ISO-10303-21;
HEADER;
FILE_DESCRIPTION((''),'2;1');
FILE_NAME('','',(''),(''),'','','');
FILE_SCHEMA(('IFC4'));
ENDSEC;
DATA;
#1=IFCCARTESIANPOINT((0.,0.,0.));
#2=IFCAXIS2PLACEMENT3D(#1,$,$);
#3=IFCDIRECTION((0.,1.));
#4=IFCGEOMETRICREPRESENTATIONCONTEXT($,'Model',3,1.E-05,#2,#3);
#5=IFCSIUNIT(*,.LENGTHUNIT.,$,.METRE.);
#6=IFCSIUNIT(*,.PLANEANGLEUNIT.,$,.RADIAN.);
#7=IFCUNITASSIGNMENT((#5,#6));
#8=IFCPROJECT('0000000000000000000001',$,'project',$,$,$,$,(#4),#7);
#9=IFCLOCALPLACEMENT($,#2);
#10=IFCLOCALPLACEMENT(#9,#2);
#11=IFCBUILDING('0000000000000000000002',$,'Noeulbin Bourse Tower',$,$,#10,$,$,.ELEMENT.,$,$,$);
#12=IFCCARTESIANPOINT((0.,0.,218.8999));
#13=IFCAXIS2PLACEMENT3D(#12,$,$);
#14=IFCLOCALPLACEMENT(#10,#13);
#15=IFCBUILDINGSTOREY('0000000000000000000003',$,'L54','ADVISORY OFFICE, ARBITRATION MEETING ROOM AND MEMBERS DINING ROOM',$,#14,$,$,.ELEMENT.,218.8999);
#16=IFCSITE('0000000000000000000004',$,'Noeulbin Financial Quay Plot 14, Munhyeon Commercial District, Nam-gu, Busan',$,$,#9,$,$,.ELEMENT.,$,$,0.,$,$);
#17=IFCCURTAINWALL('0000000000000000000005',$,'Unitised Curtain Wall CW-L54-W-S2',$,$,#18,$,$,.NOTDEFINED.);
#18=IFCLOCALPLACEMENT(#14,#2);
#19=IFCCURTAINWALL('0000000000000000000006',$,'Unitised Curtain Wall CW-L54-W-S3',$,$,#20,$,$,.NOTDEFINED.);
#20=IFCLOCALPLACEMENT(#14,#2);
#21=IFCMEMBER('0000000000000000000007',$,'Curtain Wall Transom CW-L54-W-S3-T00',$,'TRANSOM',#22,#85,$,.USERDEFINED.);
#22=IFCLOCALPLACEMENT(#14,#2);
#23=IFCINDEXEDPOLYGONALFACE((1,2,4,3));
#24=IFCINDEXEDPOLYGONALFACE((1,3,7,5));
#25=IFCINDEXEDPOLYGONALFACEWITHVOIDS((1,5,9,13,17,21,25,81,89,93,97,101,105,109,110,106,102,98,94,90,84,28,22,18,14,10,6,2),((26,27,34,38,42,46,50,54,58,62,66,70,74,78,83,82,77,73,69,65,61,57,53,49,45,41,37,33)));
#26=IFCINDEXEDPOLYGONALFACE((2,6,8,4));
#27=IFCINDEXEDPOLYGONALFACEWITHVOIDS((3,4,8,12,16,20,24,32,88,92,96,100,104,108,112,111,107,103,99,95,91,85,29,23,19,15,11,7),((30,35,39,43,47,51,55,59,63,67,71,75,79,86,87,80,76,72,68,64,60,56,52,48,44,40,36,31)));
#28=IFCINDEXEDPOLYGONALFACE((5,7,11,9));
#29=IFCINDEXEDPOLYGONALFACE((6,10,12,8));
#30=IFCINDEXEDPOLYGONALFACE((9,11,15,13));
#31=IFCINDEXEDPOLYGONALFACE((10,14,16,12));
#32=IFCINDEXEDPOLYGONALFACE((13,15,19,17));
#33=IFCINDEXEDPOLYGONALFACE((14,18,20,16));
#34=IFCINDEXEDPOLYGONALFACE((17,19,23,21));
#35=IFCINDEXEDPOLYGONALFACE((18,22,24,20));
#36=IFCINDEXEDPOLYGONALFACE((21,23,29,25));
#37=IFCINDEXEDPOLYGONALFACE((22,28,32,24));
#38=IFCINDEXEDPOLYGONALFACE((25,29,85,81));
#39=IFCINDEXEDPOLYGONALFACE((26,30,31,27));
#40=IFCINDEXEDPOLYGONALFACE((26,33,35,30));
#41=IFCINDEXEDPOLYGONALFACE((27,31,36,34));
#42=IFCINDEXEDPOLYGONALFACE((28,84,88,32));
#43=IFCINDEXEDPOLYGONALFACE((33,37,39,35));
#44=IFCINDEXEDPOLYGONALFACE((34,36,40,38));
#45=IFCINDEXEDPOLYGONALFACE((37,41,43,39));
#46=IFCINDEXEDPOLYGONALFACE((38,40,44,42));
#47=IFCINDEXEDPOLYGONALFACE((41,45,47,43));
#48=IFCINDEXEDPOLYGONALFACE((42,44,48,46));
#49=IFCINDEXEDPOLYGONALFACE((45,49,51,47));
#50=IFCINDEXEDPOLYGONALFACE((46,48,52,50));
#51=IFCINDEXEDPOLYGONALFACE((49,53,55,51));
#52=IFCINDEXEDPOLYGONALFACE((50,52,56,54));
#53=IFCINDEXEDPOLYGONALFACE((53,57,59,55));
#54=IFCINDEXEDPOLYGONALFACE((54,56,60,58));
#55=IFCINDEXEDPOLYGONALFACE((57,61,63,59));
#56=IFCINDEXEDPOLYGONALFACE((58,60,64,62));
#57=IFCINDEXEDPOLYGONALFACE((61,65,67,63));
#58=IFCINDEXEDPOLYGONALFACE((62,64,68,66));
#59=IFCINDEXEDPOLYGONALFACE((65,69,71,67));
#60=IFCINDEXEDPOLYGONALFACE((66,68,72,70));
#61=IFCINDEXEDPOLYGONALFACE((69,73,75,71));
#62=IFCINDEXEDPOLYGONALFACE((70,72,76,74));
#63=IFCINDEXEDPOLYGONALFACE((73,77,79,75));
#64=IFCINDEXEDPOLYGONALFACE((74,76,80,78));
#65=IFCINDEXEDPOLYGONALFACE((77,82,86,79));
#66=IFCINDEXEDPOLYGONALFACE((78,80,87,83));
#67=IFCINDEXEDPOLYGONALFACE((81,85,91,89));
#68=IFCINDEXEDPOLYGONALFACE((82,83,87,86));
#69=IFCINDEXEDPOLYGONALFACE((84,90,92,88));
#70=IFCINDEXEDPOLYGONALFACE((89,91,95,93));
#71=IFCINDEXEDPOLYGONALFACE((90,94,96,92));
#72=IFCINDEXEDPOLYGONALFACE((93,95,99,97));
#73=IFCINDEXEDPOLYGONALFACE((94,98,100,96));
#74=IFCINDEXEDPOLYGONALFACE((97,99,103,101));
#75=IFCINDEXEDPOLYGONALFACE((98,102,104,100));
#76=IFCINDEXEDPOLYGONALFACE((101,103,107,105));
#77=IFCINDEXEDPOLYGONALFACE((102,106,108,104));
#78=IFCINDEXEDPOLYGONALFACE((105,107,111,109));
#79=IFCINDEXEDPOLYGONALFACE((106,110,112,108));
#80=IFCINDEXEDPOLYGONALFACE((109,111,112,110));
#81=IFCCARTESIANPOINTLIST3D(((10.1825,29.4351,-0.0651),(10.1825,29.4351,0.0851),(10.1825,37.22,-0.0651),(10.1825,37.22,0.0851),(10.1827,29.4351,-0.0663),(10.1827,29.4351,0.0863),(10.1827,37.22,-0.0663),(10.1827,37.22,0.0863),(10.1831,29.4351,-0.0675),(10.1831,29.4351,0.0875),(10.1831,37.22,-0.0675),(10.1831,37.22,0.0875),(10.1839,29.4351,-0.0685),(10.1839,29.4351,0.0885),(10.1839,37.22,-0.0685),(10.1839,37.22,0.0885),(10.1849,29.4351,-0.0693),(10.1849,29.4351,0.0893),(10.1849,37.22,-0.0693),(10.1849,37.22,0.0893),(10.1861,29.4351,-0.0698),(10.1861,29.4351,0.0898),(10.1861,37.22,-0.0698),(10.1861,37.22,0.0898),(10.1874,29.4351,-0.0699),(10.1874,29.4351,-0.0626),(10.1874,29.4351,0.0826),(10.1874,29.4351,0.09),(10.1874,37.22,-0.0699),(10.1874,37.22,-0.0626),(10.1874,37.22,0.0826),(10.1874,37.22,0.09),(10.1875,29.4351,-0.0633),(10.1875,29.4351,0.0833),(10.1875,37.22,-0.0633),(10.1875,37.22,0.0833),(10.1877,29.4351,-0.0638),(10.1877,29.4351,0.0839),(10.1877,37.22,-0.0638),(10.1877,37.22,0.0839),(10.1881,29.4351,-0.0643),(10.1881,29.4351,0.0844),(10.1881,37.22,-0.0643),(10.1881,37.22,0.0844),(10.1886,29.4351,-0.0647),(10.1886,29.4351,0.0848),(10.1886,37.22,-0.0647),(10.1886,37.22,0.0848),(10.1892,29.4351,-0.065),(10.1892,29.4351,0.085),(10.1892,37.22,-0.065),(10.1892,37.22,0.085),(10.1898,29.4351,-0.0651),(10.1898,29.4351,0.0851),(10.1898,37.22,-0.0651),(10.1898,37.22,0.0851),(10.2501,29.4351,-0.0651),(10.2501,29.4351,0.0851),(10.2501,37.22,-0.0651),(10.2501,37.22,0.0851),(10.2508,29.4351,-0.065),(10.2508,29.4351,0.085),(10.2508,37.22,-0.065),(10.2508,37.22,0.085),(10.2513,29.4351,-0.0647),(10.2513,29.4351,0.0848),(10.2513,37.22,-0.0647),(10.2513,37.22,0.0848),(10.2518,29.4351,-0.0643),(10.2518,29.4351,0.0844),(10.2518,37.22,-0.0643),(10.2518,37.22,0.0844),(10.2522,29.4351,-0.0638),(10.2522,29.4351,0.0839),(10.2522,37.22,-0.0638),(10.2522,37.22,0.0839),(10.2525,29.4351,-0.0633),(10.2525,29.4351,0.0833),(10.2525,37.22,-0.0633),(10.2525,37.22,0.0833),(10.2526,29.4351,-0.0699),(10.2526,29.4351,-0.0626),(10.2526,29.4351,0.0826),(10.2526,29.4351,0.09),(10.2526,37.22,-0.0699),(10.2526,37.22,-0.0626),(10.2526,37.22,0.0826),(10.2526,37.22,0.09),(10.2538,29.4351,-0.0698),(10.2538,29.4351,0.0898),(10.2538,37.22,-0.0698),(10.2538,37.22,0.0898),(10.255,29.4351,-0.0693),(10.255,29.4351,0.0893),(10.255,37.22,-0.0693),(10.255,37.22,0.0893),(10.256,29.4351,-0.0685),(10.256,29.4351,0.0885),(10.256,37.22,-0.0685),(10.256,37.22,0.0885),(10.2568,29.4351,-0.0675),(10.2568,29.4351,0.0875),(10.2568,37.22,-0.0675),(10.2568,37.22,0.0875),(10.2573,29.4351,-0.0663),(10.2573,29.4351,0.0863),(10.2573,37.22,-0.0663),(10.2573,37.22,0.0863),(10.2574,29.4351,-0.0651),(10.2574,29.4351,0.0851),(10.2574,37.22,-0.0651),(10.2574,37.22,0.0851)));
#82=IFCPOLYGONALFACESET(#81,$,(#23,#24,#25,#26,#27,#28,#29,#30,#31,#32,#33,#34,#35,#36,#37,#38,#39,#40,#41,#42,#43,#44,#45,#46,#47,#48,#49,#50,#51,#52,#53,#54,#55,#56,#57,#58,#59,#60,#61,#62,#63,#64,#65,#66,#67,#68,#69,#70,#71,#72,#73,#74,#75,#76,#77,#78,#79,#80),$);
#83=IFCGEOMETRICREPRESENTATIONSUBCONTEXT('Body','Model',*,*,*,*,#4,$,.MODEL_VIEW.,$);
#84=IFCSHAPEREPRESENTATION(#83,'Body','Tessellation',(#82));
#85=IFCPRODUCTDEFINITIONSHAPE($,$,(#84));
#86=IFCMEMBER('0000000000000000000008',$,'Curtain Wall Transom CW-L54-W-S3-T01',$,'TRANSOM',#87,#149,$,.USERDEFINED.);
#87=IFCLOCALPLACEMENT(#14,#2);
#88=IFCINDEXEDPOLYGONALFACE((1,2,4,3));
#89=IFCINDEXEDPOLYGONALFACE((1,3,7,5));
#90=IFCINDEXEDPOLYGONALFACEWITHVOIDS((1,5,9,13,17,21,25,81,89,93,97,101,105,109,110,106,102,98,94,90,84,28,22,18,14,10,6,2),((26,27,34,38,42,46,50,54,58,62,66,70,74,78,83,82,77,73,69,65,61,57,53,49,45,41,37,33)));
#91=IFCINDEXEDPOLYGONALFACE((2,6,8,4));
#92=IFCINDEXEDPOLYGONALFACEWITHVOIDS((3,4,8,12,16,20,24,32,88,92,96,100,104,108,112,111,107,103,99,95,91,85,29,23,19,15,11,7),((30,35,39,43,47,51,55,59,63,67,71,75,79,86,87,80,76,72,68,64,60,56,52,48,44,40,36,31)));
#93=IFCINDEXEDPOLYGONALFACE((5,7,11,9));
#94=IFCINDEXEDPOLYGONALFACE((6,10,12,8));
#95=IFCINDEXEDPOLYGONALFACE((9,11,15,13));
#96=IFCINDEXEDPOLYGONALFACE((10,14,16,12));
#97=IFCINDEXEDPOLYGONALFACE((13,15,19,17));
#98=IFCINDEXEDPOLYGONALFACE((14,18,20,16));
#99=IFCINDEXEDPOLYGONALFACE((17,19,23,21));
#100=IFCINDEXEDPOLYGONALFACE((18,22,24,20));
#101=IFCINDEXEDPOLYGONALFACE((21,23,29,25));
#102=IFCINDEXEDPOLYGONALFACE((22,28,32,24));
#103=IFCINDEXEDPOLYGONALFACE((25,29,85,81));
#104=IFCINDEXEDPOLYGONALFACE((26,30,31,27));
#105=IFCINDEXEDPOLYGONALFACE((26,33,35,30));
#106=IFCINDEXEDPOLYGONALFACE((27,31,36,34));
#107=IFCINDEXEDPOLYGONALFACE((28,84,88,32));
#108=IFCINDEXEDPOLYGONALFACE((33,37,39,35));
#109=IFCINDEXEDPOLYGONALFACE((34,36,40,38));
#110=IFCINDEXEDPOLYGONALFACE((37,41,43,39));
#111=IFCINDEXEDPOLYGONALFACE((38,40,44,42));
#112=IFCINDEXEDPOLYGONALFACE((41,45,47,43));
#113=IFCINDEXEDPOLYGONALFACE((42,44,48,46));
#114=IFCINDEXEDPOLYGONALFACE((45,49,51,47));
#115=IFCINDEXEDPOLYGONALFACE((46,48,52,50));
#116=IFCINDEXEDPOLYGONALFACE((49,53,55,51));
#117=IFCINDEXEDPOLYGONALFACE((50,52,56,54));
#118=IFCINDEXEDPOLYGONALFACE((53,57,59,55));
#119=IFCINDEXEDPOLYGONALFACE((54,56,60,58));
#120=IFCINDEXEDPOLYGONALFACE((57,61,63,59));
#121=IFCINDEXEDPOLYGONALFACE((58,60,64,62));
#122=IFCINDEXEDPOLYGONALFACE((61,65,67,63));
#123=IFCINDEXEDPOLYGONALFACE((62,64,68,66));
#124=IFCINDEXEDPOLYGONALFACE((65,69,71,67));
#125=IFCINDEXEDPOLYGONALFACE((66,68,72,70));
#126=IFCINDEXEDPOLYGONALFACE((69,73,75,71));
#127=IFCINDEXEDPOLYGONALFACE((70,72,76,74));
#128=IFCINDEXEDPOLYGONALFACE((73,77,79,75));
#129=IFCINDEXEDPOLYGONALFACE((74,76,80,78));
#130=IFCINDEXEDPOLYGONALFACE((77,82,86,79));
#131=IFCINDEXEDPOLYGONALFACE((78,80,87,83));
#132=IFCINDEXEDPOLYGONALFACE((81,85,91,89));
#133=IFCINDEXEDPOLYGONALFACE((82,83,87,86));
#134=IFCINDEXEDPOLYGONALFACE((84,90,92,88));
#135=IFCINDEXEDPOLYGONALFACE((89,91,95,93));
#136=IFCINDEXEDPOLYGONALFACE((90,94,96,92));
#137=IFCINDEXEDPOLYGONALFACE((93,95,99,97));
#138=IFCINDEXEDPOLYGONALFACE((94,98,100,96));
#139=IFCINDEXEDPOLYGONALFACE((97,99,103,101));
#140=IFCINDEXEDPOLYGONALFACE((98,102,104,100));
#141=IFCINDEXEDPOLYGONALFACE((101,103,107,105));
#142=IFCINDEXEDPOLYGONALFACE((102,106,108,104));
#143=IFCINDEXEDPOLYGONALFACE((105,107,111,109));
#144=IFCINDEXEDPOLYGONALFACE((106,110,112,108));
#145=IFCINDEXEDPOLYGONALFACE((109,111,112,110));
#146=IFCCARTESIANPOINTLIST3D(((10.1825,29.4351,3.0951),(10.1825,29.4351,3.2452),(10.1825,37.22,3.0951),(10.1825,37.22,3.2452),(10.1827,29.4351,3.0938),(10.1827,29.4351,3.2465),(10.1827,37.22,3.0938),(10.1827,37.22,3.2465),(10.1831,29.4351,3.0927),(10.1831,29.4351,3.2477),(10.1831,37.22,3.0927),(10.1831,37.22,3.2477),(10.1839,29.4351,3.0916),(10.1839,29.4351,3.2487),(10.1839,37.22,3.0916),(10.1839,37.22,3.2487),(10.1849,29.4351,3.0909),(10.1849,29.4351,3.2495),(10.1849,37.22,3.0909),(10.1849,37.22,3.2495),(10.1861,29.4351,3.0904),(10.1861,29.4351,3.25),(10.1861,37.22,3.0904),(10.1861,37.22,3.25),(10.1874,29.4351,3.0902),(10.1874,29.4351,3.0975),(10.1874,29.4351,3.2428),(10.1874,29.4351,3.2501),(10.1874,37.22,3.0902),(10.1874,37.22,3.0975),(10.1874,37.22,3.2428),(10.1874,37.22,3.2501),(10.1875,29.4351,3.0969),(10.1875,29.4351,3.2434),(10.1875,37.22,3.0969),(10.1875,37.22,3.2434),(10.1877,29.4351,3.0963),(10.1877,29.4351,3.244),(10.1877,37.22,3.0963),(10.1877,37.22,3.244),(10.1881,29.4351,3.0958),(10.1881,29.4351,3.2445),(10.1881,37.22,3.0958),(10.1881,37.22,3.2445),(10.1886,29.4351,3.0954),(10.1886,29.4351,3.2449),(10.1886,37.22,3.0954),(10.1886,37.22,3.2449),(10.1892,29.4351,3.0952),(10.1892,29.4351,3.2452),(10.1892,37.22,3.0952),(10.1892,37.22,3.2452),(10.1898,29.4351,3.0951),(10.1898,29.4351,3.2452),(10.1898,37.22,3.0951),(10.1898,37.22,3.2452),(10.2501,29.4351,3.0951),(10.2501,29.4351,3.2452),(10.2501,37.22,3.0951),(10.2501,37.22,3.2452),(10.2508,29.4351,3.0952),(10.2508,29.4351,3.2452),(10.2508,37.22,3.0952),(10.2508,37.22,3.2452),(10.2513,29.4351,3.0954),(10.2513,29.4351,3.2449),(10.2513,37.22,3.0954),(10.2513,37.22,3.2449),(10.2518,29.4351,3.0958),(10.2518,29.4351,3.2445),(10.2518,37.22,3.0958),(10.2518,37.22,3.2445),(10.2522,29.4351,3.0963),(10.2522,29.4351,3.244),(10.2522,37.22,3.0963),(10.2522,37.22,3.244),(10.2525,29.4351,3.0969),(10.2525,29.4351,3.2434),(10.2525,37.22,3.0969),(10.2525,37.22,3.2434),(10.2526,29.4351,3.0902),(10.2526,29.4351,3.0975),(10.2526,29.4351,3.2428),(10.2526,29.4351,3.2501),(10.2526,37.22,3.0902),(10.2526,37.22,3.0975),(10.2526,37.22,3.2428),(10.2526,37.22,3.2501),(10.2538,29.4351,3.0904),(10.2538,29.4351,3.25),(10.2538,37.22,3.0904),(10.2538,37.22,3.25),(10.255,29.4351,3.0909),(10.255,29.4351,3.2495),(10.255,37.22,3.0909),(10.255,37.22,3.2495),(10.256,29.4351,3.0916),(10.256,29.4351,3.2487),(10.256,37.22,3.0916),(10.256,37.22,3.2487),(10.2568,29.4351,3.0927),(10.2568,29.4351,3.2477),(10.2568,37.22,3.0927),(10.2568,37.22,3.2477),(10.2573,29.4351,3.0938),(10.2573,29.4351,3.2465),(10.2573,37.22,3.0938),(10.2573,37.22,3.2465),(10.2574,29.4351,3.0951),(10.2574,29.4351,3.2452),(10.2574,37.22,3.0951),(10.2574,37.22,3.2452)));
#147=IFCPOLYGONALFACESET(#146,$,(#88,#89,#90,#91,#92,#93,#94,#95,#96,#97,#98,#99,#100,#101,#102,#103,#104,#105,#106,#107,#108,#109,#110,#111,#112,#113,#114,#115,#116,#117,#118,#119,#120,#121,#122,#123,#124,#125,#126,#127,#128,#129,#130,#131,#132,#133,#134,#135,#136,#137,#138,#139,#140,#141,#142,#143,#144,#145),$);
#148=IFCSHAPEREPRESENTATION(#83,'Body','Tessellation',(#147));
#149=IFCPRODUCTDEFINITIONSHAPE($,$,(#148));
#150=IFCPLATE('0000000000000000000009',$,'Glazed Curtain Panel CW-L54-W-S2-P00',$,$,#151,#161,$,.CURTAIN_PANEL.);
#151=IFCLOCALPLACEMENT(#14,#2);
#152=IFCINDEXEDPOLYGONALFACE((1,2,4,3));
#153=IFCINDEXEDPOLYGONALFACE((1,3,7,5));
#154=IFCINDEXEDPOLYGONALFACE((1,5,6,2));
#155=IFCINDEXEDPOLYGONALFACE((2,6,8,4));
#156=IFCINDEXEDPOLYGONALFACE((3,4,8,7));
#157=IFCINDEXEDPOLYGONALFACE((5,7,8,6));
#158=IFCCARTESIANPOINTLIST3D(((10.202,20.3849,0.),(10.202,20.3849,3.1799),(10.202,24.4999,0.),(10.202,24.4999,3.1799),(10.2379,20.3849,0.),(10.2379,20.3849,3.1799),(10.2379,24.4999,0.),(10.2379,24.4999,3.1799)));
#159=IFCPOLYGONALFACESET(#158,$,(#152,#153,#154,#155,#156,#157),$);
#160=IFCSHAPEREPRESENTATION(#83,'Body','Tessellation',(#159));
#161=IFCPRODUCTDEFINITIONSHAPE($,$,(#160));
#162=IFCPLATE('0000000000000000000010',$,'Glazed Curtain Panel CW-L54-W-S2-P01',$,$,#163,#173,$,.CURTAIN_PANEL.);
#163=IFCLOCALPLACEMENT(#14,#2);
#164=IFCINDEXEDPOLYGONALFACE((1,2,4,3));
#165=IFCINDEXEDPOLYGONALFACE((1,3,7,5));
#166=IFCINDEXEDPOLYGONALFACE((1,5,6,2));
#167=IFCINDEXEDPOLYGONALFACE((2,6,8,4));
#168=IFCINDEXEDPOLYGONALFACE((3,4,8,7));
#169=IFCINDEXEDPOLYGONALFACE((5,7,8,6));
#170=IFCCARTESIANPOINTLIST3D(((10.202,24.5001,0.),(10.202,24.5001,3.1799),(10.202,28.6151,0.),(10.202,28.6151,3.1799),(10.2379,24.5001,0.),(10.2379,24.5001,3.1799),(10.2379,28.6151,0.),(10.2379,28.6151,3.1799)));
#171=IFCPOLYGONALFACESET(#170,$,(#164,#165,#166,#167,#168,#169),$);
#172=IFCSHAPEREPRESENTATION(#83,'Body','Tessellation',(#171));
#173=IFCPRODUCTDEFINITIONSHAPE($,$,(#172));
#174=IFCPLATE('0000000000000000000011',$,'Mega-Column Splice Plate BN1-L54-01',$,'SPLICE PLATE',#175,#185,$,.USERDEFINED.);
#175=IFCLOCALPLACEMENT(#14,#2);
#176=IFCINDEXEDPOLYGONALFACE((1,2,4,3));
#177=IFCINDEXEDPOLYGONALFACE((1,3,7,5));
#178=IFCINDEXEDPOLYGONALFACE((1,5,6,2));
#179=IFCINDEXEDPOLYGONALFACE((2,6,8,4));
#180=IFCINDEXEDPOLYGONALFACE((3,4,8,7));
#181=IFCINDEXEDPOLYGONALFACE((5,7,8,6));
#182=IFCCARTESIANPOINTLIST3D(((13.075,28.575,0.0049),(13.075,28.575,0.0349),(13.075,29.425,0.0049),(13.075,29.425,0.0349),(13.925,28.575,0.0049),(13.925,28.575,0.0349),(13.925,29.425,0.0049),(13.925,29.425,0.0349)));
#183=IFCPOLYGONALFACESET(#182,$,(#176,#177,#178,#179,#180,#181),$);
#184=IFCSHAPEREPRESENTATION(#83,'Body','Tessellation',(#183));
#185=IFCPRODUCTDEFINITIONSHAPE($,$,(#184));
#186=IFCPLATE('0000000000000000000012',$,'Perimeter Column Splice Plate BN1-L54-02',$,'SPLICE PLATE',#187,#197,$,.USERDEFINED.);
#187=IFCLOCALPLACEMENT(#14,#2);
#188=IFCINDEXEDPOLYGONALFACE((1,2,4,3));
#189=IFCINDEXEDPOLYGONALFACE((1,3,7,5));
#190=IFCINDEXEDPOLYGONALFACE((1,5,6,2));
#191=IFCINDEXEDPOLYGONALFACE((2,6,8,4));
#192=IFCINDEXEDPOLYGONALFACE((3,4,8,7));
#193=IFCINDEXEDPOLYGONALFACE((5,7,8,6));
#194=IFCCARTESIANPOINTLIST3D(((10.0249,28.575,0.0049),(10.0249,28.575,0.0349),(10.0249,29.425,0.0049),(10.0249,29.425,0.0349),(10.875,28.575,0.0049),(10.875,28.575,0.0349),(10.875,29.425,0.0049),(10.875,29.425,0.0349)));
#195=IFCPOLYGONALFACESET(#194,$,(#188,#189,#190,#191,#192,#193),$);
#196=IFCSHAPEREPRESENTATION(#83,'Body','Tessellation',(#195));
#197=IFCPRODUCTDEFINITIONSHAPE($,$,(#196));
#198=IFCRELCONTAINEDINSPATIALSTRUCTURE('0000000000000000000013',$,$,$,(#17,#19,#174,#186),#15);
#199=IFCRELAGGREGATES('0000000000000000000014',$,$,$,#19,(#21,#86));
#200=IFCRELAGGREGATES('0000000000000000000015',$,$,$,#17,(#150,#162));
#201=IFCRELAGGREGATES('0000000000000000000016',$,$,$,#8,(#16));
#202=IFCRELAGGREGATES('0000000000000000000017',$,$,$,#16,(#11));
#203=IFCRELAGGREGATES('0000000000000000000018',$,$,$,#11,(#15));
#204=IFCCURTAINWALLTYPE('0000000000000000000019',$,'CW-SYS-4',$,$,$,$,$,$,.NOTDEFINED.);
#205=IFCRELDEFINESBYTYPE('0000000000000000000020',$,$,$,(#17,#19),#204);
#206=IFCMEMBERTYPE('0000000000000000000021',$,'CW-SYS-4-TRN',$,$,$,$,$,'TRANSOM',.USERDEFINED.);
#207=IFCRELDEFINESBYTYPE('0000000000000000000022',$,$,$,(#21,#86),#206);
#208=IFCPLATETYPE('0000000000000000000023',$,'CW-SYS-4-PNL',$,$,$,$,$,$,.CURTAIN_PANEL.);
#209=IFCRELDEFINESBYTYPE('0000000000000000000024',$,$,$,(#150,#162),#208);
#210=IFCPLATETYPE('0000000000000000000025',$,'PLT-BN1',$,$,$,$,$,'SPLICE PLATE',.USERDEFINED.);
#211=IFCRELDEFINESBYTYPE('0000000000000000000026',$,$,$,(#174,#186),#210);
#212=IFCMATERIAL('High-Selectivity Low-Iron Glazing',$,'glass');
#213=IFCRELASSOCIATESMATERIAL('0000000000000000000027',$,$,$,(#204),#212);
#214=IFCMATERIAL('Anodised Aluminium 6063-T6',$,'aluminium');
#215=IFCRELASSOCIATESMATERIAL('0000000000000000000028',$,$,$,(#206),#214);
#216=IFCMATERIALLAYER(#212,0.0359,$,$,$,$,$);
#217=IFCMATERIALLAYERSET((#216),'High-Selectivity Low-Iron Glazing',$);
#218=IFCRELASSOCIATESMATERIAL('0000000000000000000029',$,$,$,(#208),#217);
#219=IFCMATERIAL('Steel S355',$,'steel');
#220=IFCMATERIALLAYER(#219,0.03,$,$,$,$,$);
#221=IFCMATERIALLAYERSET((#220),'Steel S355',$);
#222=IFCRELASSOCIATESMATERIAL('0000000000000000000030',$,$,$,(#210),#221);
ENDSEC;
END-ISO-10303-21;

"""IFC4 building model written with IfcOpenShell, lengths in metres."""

from ifc_helpers import new_model, si_unit, direction, frame, origin, origin_2d, place, context, subcontext, project, spatial, rectangle, hollow_rectangle, extrude, material, layer, layer_set, material_profile, profile_set, type_object, element, aggregate, save


model = new_model("IFC4")

# Units and contexts
model_context = context("Model", 3, precision=1e-05, world=origin(), true_north=direction((0.0, 1.0)))
body_context = subcontext(model_context, "Body", "Model", "MODEL_VIEW")
ifc_project = project(units=[si_unit("LENGTHUNIT", "METRE"), si_unit("PLANEANGLEUNIT", "RADIAN")], contexts=[model_context])

# Site, building, storey
site_placement = place(None, origin())
site = spatial("IfcSite", under=ifc_project, at=site_placement, Name="Noeulbin Financial Quay Plot 14, Munhyeon Commercial District, Nam-gu, Busan", CompositionType="ELEMENT", RefElevation=0.0)
building_placement = place(site_placement, origin())
building = spatial("IfcBuilding", under=site, at=building_placement, Name="Noeulbin Bourse Tower", CompositionType="ELEMENT")
storey_placement = place(building_placement, frame((0.0, 0.0, 218.8999)))
storey = spatial("IfcBuildingStorey", under=building, at=storey_placement, Name="L54", Description="ADVISORY OFFICE, ARBITRATION MEETING ROOM AND MEMBERS DINING ROOM", CompositionType="ELEMENT", Elevation=218.8999)

# Shared definitions
ifc_material_1 = material(Name="Steel S355", Category="steel")

# Curtain wall
ifc_material_2 = material(Name="High-Selectivity Low-Iron Glazing", Category="glass")
curtain_wall_type = type_object("IfcCurtainWallType", Name="CW-SYS-4", PredefinedType="NOTDEFINED", material=ifc_material_2)
curtain_wall_1_placement = place(storey_placement, origin())
curtain_wall_1 = element("IfcCurtainWall", 1, at=curtain_wall_1_placement, inside=storey, type_object=curtain_wall_type, Name="Unitised Curtain Wall CW-L54-W-S2", PredefinedType="NOTDEFINED")
ifc_material_3 = material(Name="Anodised Aluminium 6063-T6", Category="aluminium")

# Curtain wall
curtain_wall_2_placement = place(storey_placement, origin())
curtain_wall_2 = element("IfcCurtainWall", 2, at=curtain_wall_2_placement, inside=storey, type_object=curtain_wall_type, Name="Unitised Curtain Wall CW-L54-W-S3", PredefinedType="NOTDEFINED")

# Members
ifc_material_profile_1 = material_profile(ifc_material_3, hollow_rectangle(XDim=0.075, YDim=0.1599, WallThickness=0.0049, InnerFilletRadius=0.0024, OuterFilletRadius=0.0049, at=origin_2d()), Name="ALU-TRAN-75x160x5", Category="LoadBearing")
ifc_profile_set_1 = profile_set([ifc_material_profile_1], Name="Anodised Aluminium 6063-T6")
member_type_1 = type_object("IfcMemberType", Name="CW-SYS-4-TRN", ElementType="TRANSOM", PredefinedType="USERDEFINED", material=ifc_profile_set_1)
member_1_placement = place(storey_placement, frame((10.22, 29.4351, 0.01), z_axis=(0.0, 1.0, 0.0), x_axis=(-1.0, 0.0, 0.0)))
member_1 = element("IfcMember", 3, at=member_1_placement, type_object=member_type_1, Name="Curtain Wall Transom CW-L54-W-S3-T00", ObjectType="TRANSOM", PredefinedType="USERDEFINED", context=body_context, shape_type="SweptSolid", body=[
    extrude(hollow_rectangle(XDim=0.075, YDim=0.1599, WallThickness=0.0049, InnerFilletRadius=0.0024, OuterFilletRadius=0.0049, at=origin_2d()), origin(), (0.0, 0.0, 1.0), 7.7849),
])
member_2_placement = place(storey_placement, frame((10.22, 29.4351, 3.1702), z_axis=(0.0, 1.0, 0.0), x_axis=(-1.0, 0.0, 0.0)))
member_2 = element("IfcMember", 4, at=member_2_placement, type_object=member_type_1, Name="Curtain Wall Transom CW-L54-W-S3-T01", ObjectType="TRANSOM", PredefinedType="USERDEFINED", context=body_context, shape_type="SweptSolid", body=[
    extrude(hollow_rectangle(XDim=0.075, YDim=0.1599, WallThickness=0.0049, InnerFilletRadius=0.0024, OuterFilletRadius=0.0049, at=origin_2d()), origin(), (0.0, 0.0, 1.0), 7.7849),
])
aggregate(curtain_wall_2, [member_1, member_2])

# Plates
ifc_layer_1 = layer(ifc_material_2, 0.0359)
ifc_layer_set_1 = layer_set([ifc_layer_1], Name="High-Selectivity Low-Iron Glazing")
plate_type_1 = type_object("IfcPlateType", Name="CW-SYS-4-PNL", PredefinedType="CURTAIN_PANEL", material=ifc_layer_set_1)
plate_1_placement = place(storey_placement, frame((10.22, 22.4424, 0.0), z_axis=(0.0, 0.0, 1.0), x_axis=(0.0, 1.0, 0.0)))
plate_1 = element("IfcPlate", 5, at=plate_1_placement, type_object=plate_type_1, Name="Glazed Curtain Panel CW-L54-W-S2-P00", PredefinedType="CURTAIN_PANEL", context=body_context, shape_type="SweptSolid", body=[
    extrude(rectangle(XDim=4.115, YDim=0.0359, at=origin_2d()), origin(), (0.0, 0.0, 1.0), 3.1799),
])
plate_2_placement = place(storey_placement, frame((10.22, 26.5576, 0.0), z_axis=(0.0, 0.0, 1.0), x_axis=(0.0, 1.0, 0.0)))
plate_2 = element("IfcPlate", 6, at=plate_2_placement, type_object=plate_type_1, Name="Glazed Curtain Panel CW-L54-W-S2-P01", PredefinedType="CURTAIN_PANEL", context=body_context, shape_type="SweptSolid", body=[
    extrude(rectangle(XDim=4.115, YDim=0.0359, at=origin_2d()), origin(), (0.0, 0.0, 1.0), 3.1799),
])
aggregate(curtain_wall_1, [plate_1, plate_2])

# Plates
ifc_layer_2 = layer(ifc_material_1, 0.03)
ifc_layer_set_2 = layer_set([ifc_layer_2], Name="Steel S355")
plate_type_2 = type_object("IfcPlateType", Name="PLT-BN1", ElementType="SPLICE PLATE", PredefinedType="USERDEFINED", material=ifc_layer_set_2)
for number, where, z_axis, x_axis, name in (
    (7, (13.5, 29.0, 0.0049), (0.0, 0.0, 1.0), (1.0, 0.0, 0.0), "Mega-Column Splice Plate BN1-L54-01"),
    (8, (10.45, 29.0, 0.0049), (0.0, 0.0, 1.0), (1.0, 0.0, 0.0), "Perimeter Column Splice Plate BN1-L54-02"),
):
    element("IfcPlate", number, at=place(storey_placement, frame(where, z_axis=z_axis, x_axis=x_axis)), inside=storey, type_object=plate_type_2, Name=name, ObjectType="SPLICE PLATE", PredefinedType="USERDEFINED", context=body_context, shape_type="SweptSolid", body=[
        extrude(rectangle(XDim=0.8501, YDim=0.8501, at=origin_2d()), origin(), (0.0, 0.0, 1.0), 0.03),
    ])

save(model, "model.ifc")
